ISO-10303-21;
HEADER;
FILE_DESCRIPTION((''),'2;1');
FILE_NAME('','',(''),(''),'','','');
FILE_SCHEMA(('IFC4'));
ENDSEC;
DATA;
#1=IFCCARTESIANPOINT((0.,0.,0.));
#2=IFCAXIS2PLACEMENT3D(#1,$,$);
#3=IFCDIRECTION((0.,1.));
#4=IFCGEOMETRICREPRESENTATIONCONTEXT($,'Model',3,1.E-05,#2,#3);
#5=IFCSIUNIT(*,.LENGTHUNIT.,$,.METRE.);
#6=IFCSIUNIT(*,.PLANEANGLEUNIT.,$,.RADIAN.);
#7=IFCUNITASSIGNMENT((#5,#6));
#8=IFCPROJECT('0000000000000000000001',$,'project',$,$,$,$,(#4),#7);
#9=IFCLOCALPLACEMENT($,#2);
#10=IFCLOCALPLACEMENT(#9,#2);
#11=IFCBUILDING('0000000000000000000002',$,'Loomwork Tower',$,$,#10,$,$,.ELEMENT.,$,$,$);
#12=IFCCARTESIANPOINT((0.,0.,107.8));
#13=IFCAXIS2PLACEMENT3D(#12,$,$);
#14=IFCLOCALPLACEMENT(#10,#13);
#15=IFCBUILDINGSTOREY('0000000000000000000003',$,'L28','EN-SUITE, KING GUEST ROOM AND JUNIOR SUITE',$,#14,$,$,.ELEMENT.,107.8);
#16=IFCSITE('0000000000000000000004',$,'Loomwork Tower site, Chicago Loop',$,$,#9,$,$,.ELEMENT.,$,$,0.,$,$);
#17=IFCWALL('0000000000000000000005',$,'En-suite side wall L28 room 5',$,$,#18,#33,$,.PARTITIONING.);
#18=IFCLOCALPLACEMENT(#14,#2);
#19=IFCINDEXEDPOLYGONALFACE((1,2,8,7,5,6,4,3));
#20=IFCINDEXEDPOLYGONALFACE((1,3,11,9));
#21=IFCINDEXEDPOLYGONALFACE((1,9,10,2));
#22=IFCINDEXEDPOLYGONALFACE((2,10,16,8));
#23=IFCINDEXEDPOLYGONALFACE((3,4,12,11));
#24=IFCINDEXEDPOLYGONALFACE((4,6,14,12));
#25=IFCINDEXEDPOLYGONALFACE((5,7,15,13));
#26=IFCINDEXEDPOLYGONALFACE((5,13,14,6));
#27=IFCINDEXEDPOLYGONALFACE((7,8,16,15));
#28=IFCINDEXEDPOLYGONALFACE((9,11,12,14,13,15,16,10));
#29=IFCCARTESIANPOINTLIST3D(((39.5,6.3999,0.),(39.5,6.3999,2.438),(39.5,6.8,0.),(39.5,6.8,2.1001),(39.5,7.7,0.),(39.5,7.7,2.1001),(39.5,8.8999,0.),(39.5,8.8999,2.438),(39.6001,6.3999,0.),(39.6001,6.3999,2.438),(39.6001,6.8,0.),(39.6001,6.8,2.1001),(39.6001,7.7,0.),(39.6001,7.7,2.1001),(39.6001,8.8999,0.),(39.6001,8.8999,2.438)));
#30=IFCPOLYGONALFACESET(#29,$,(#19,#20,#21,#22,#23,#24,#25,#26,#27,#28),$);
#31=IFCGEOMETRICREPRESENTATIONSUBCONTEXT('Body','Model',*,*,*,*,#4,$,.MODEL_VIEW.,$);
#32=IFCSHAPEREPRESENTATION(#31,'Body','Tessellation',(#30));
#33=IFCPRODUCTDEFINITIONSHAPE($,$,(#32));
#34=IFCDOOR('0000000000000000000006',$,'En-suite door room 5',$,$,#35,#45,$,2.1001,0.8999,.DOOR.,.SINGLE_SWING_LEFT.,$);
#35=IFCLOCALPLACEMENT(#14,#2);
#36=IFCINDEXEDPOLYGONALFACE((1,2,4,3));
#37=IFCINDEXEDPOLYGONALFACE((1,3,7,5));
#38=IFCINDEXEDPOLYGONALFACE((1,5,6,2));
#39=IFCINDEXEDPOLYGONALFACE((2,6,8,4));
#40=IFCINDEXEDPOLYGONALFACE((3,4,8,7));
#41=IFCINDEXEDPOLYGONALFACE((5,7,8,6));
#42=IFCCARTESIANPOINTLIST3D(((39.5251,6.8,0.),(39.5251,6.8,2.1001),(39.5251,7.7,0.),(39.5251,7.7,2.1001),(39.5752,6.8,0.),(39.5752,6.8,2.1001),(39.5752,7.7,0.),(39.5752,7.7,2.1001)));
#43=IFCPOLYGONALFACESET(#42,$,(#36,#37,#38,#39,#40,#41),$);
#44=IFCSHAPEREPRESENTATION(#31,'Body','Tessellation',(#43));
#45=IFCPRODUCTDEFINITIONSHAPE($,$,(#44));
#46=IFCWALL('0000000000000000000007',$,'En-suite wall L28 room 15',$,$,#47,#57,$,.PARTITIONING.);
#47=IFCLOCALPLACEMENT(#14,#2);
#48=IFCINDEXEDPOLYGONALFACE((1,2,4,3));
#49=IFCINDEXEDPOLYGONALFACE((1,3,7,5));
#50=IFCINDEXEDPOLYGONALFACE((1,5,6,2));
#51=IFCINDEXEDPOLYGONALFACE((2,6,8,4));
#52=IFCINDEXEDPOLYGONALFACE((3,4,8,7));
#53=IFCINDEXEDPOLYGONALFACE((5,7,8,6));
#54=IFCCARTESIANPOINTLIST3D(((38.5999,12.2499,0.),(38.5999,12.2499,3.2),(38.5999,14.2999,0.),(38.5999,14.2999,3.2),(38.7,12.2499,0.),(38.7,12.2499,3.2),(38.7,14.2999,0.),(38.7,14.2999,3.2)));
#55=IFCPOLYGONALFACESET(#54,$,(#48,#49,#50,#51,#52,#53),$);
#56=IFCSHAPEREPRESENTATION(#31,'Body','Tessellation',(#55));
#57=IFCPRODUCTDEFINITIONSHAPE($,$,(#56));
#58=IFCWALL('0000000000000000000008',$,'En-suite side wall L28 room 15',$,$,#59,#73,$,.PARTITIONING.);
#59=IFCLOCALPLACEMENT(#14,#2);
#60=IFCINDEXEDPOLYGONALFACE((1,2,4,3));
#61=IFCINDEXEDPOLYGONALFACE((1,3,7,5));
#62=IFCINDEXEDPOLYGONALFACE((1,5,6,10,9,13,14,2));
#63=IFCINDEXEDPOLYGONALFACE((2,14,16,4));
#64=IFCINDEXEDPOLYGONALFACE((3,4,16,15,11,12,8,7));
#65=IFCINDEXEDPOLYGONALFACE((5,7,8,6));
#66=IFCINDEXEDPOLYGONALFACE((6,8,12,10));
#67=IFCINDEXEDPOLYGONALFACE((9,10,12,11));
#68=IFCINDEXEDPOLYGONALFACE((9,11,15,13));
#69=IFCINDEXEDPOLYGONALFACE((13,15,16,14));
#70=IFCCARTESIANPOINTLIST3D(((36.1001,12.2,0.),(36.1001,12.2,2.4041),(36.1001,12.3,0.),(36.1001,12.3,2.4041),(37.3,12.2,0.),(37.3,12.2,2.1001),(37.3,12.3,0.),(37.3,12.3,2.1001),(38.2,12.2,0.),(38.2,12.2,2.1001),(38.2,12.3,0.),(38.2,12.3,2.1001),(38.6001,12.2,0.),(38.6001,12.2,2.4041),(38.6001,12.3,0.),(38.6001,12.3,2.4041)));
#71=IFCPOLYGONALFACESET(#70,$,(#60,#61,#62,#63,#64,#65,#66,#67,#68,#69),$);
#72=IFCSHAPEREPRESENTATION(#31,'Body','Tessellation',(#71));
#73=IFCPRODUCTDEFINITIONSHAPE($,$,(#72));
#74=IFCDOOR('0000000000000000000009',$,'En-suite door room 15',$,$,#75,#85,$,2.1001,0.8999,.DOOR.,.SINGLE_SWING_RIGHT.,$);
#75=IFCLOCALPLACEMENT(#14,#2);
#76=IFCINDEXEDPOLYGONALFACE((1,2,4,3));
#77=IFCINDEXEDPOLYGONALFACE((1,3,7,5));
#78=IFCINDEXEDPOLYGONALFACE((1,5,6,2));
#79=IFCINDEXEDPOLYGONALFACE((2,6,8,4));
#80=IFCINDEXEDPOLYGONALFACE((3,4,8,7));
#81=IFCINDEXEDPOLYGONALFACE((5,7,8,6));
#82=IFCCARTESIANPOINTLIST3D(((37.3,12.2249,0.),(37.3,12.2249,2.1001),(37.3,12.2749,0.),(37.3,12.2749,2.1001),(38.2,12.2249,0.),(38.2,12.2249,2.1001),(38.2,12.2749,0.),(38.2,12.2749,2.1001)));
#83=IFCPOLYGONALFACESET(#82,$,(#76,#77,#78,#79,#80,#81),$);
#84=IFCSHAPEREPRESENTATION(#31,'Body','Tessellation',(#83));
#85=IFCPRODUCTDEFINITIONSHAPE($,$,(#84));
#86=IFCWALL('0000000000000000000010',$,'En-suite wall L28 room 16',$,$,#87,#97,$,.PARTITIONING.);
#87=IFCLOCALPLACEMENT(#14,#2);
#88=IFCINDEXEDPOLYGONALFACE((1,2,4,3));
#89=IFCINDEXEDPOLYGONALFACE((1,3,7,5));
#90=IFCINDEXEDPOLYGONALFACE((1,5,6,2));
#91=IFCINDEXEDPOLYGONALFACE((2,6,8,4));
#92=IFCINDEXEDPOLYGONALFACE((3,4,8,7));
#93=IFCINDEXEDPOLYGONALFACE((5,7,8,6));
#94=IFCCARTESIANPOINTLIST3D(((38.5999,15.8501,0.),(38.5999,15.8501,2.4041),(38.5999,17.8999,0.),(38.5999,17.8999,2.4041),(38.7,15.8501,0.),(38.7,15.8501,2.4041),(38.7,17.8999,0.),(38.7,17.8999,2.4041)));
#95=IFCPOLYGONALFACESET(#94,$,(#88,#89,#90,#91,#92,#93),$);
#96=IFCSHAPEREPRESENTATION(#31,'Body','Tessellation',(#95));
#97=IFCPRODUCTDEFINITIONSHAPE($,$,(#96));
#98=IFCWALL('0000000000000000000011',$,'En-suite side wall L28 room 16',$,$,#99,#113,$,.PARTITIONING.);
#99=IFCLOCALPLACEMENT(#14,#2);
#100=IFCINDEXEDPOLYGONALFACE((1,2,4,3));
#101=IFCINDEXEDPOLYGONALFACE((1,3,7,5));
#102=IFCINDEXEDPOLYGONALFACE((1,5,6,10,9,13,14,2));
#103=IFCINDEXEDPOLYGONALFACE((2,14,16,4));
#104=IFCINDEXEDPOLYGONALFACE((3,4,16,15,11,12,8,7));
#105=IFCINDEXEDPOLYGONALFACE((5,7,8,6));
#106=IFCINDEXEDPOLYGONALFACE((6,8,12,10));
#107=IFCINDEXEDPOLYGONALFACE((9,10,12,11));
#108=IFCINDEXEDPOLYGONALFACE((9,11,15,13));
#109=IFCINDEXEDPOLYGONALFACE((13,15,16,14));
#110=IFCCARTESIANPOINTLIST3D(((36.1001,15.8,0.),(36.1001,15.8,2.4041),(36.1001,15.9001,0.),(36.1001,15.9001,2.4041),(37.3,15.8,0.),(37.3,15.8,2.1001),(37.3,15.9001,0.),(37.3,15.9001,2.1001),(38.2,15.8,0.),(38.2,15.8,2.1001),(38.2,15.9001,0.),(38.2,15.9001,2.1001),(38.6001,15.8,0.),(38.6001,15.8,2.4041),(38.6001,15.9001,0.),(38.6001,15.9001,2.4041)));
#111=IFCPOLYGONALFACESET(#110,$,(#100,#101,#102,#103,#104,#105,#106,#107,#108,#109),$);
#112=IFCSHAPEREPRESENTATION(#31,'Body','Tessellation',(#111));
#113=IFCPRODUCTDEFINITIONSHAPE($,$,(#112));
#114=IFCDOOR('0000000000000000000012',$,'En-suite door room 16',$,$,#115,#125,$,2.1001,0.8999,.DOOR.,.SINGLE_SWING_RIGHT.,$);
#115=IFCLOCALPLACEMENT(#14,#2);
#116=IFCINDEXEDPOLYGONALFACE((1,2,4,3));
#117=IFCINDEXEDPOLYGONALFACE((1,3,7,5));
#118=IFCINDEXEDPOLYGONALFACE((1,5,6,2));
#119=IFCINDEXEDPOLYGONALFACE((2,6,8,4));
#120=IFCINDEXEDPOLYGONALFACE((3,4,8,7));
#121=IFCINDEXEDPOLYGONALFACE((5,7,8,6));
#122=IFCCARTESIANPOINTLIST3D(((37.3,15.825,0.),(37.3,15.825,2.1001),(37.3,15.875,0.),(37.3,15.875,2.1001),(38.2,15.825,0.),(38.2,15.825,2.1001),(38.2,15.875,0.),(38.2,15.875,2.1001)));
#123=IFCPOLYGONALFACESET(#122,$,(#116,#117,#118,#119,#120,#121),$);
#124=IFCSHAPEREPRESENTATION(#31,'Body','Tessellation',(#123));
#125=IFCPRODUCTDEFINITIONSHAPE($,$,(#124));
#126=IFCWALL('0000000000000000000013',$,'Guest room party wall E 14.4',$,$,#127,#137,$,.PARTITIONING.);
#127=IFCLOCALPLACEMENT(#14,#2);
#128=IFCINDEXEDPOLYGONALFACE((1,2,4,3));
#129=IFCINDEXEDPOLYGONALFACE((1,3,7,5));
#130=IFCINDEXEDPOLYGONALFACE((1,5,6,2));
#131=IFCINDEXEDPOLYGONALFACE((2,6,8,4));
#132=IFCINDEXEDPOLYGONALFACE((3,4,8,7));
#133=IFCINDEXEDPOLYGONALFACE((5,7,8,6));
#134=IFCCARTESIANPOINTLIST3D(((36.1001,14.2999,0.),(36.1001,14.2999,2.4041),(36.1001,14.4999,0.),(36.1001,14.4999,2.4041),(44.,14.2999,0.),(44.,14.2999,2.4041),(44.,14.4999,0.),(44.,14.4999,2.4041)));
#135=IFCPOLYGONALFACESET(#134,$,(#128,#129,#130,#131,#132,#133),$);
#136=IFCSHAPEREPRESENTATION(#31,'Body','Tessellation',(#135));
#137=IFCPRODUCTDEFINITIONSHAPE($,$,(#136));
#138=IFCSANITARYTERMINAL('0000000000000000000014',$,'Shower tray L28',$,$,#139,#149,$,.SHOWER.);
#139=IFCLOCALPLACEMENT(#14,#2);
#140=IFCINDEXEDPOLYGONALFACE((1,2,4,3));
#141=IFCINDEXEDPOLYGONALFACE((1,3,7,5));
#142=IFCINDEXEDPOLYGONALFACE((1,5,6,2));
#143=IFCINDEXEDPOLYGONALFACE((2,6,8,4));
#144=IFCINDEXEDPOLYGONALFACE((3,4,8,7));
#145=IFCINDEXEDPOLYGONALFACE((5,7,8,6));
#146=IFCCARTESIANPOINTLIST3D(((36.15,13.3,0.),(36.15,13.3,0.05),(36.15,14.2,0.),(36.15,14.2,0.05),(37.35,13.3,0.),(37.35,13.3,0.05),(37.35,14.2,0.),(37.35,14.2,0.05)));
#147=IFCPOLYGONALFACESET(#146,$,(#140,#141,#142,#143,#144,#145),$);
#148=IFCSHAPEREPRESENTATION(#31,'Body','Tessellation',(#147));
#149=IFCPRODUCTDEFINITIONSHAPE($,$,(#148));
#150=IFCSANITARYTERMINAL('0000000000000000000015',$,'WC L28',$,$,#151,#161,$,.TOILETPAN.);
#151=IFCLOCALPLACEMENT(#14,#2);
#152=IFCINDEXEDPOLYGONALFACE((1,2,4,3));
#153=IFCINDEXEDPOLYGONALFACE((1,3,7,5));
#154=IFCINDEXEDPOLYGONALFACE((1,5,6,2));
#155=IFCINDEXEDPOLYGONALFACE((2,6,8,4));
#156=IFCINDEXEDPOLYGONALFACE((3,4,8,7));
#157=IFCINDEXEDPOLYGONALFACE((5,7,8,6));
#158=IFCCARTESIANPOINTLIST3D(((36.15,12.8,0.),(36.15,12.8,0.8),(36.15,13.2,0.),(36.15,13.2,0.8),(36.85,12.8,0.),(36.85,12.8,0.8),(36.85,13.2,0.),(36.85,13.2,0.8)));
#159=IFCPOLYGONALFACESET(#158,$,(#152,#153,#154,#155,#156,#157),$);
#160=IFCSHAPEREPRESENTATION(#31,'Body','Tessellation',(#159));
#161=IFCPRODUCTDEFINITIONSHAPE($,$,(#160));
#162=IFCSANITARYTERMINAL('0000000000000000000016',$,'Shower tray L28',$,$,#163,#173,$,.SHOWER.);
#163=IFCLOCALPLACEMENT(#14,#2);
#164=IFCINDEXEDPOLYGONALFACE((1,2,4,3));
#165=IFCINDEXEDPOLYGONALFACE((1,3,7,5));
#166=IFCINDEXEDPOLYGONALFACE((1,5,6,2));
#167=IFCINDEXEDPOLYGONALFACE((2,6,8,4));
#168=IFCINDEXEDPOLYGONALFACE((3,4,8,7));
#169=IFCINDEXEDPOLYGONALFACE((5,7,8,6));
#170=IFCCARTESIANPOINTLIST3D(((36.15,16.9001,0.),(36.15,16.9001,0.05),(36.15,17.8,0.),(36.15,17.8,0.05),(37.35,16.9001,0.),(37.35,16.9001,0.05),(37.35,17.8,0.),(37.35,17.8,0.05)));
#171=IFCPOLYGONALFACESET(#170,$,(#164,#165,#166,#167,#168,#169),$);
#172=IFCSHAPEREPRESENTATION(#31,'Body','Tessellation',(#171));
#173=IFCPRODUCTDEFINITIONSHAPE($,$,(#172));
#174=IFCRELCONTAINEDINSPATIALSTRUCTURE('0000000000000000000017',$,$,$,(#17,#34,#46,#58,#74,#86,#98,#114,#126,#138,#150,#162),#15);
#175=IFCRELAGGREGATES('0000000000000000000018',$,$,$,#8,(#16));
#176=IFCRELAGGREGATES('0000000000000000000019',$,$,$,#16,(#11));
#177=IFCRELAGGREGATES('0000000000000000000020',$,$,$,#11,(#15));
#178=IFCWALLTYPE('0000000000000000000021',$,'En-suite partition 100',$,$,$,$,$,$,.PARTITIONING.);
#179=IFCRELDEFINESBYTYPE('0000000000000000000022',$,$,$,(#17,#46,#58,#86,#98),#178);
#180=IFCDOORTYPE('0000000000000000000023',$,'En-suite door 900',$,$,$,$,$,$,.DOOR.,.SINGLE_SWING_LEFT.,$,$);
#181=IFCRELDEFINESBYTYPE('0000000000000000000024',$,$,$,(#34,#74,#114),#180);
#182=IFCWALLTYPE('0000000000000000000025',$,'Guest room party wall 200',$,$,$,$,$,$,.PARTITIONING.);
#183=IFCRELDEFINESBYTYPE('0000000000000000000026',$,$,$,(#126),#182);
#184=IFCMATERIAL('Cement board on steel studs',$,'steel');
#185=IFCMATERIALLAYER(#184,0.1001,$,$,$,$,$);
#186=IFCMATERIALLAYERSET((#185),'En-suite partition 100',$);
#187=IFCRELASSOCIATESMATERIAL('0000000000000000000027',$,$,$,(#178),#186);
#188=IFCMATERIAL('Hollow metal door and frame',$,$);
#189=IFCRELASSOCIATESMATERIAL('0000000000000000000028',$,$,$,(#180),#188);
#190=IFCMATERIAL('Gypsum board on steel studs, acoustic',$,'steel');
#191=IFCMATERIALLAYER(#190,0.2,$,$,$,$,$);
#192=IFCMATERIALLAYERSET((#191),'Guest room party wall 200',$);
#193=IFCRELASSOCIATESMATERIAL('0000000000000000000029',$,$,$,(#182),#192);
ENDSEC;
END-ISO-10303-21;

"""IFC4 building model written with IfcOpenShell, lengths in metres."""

from ifc_helpers import new_model, si_unit, direction, frame, frame_2d, origin, origin_2d, place, context, subcontext, project, spatial, rectangle, extrude, material, layer, layer_set, type_object, element, fill, save


model = new_model("IFC4")

# Units and contexts
model_context = context("Model", 3, precision=1e-05, world=origin(), true_north=direction((0.0, 1.0)))
body_context = subcontext(model_context, "Body", "Model", "MODEL_VIEW")
ifc_project = project(units=[si_unit("LENGTHUNIT", "METRE"), si_unit("PLANEANGLEUNIT", "RADIAN")], contexts=[model_context])

# Site, building, storey
site_placement = place(None, origin())
site = spatial("IfcSite", under=ifc_project, at=site_placement, Name="Loomwork Tower site, Chicago Loop", CompositionType="ELEMENT", RefElevation=0.0)
building_placement = place(site_placement, origin())
building = spatial("IfcBuilding", under=site, at=building_placement, Name="Loomwork Tower", CompositionType="ELEMENT")
storey_placement = place(building_placement, frame((0.0, 0.0, 107.8)))
storey = spatial("IfcBuildingStorey", under=building, at=storey_placement, Name="L28", Description="EN-SUITE, KING GUEST ROOM AND JUNIOR SUITE", CompositionType="ELEMENT", Elevation=107.8)

# Wall, opening, door
ifc_material_1 = material(Name="Cement board on steel studs", Category="steel")
ifc_layer_1 = layer(ifc_material_1, 0.1001)
ifc_layer_set_1 = layer_set([ifc_layer_1], Name="En-suite partition 100")
wall_type_1 = type_object("IfcWallType", Name="En-suite partition 100", PredefinedType="PARTITIONING", material=ifc_layer_set_1)
wall_1_placement = place(storey_placement, frame((39.55, 8.8999, 0.0), z_axis=(0.0, 0.0, 1.0), x_axis=(0.0, -1.0, 0.0)))
wall_1 = element("IfcWall", 1, at=wall_1_placement, inside=storey, type_object=wall_type_1, Name="En-suite side wall L28 room 5", PredefinedType="PARTITIONING", context=body_context, shape_type="SweptSolid", body=[
    extrude(rectangle(XDim=2.5, YDim=0.1001, at=frame_2d((1.25, 0.0))), origin(), (0.0, 0.0, 1.0), 2.438),
])
opening_1_placement = place(wall_1_placement, frame((1.2, 0.0, 0.0)))
opening_1 = element("IfcOpeningElement", 2, at=opening_1_placement, cuts=wall_1, PredefinedType="OPENING", context=body_context, shape_type="SweptSolid", body=[
    extrude(rectangle(XDim=0.8999, YDim=2.1001, at=frame_2d((0.45, 1.05))), frame((0.0, 0.0601, 0.0), z_axis=(0.0, -1.0, 0.0), x_axis=(1.0, 0.0, 0.0)), (0.0, 0.0, 1.0), 0.1201),
])
ifc_material_2 = material(Name="Hollow metal door and frame")
door_type_1 = type_object("IfcDoorType", Name="En-suite door 900", OperationType="SINGLE_SWING_LEFT", PredefinedType="DOOR", material=ifc_material_2)
door_1_placement = place(opening_1_placement, frame((0.8999, 0.0, 0.0), z_axis=(0.0, 0.0, 1.0), x_axis=(-1.0, 0.0, 0.0)))
door_1 = element("IfcDoor", 3, at=door_1_placement, inside=storey, type_object=door_type_1, Name="En-suite door room 5", OperationType="SINGLE_SWING_LEFT", OverallHeight=2.1001, OverallWidth=0.8999, PredefinedType="DOOR", context=body_context, shape_type="SweptSolid", body=[
    extrude(rectangle(XDim=0.8999, YDim=2.1001, at=frame_2d((0.45, 1.05))), frame((0.0, 0.0249, 0.0), z_axis=(0.0, -1.0, 0.0), x_axis=(1.0, 0.0, 0.0)), (0.0, 0.0, 1.0), 0.05),
])
fill(opening_1, door_1)

# Wall
wall_2_placement = place(storey_placement, frame((38.6499, 12.25, 0.0), z_axis=(0.0, 0.0, 1.0), x_axis=(0.0, 1.0, 0.0)))
element("IfcWall", 4, at=wall_2_placement, inside=storey, type_object=wall_type_1, Name="En-suite wall L28 room 15", PredefinedType="PARTITIONING", context=body_context, shape_type="SweptSolid", body=[
    extrude(rectangle(XDim=2.05, YDim=0.1001, at=frame_2d((1.0249, 0.0))), origin(), (0.0, 0.0, 1.0), 3.2),
])

# Wall, opening, door
wall_3_placement = place(storey_placement, frame((36.1001, 12.25, 0.0), z_axis=(0.0, 0.0, 1.0), x_axis=(1.0, 0.0, 0.0)))
wall_3 = element("IfcWall", 5, at=wall_3_placement, inside=storey, type_object=wall_type_1, Name="En-suite side wall L28 room 15", PredefinedType="PARTITIONING", context=body_context, shape_type="SweptSolid", body=[
    extrude(rectangle(XDim=2.5, YDim=0.1001, at=frame_2d((1.25, 0.0))), origin(), (0.0, 0.0, 1.0), 2.4041),
])
opening_2_placement = place(wall_3_placement, frame((1.2, 0.0, 0.0)))
opening_2 = element("IfcOpeningElement", 6, at=opening_2_placement, cuts=wall_3, PredefinedType="OPENING", context=body_context, shape_type="SweptSolid", body=[
    extrude(rectangle(XDim=0.8999, YDim=2.1001, at=frame_2d((0.45, 1.05))), frame((0.0, 0.0601, 0.0), z_axis=(0.0, -1.0, 0.0), x_axis=(1.0, 0.0, 0.0)), (0.0, 0.0, 1.0), 0.1201),
])
door_2_placement = place(opening_2_placement, origin())
door_2 = element("IfcDoor", 7, at=door_2_placement, inside=storey, type_object=door_type_1, Name="En-suite door room 15", OperationType="SINGLE_SWING_RIGHT", OverallHeight=2.1001, OverallWidth=0.8999, PredefinedType="DOOR", context=body_context, shape_type="SweptSolid", body=[
    extrude(rectangle(XDim=0.8999, YDim=2.1001, at=frame_2d((0.45, 1.05))), frame((0.0, 0.0249, 0.0), z_axis=(0.0, -1.0, 0.0), x_axis=(1.0, 0.0, 0.0)), (0.0, 0.0, 1.0), 0.05),
])
fill(opening_2, door_2)

# Wall
wall_4_placement = place(storey_placement, frame((38.6499, 15.8501, 0.0), z_axis=(0.0, 0.0, 1.0), x_axis=(0.0, 1.0, 0.0)))
element("IfcWall", 8, at=wall_4_placement, inside=storey, type_object=wall_type_1, Name="En-suite wall L28 room 16", PredefinedType="PARTITIONING", context=body_context, shape_type="SweptSolid", body=[
    extrude(rectangle(XDim=2.0498, YDim=0.1001, at=frame_2d((1.0249, 0.0))), origin(), (0.0, 0.0, 1.0), 2.4041),
])

# Wall, opening, door
wall_5_placement = place(storey_placement, frame((36.1001, 15.8501, 0.0), z_axis=(0.0, 0.0, 1.0), x_axis=(1.0, 0.0, 0.0)))
wall_5 = element("IfcWall", 9, at=wall_5_placement, inside=storey, type_object=wall_type_1, Name="En-suite side wall L28 room 16", PredefinedType="PARTITIONING", context=body_context, shape_type="SweptSolid", body=[
    extrude(rectangle(XDim=2.5, YDim=0.1001, at=frame_2d((1.25, 0.0))), origin(), (0.0, 0.0, 1.0), 2.4041),
])
opening_3_placement = place(wall_5_placement, frame((1.2, 0.0, 0.0)))
opening_3 = element("IfcOpeningElement", 10, at=opening_3_placement, cuts=wall_5, PredefinedType="OPENING", context=body_context, shape_type="SweptSolid", body=[
    extrude(rectangle(XDim=0.8999, YDim=2.1001, at=frame_2d((0.45, 1.05))), frame((0.0, 0.0601, 0.0), z_axis=(0.0, -1.0, 0.0), x_axis=(1.0, 0.0, 0.0)), (0.0, 0.0, 1.0), 0.1201),
])
door_3_placement = place(opening_3_placement, origin())
door_3 = element("IfcDoor", 11, at=door_3_placement, inside=storey, type_object=door_type_1, Name="En-suite door room 16", OperationType="SINGLE_SWING_RIGHT", OverallHeight=2.1001, OverallWidth=0.8999, PredefinedType="DOOR", context=body_context, shape_type="SweptSolid", body=[
    extrude(rectangle(XDim=0.8999, YDim=2.1001, at=frame_2d((0.45, 1.05))), frame((0.0, 0.0249, 0.0), z_axis=(0.0, -1.0, 0.0), x_axis=(1.0, 0.0, 0.0)), (0.0, 0.0, 1.0), 0.05),
])
fill(opening_3, door_3)

# Wall
ifc_material_3 = material(Name="Gypsum board on steel studs, acoustic", Category="steel")
ifc_layer_2 = layer(ifc_material_3, 0.2)
ifc_layer_set_2 = layer_set([ifc_layer_2], Name="Guest room party wall 200")
wall_type_2 = type_object("IfcWallType", Name="Guest room party wall 200", PredefinedType="PARTITIONING", material=ifc_layer_set_2)
wall_6_placement = place(storey_placement, frame((36.1001, 14.3999, 0.0), z_axis=(0.0, 0.0, 1.0), x_axis=(1.0, 0.0, 0.0)))
element("IfcWall", 12, at=wall_6_placement, inside=storey, type_object=wall_type_2, Name="Guest room party wall E 14.4", PredefinedType="PARTITIONING", context=body_context, shape_type="SweptSolid", body=[
    extrude(rectangle(XDim=7.8999, YDim=0.2, at=frame_2d((3.95, 0.0))), origin(), (0.0, 0.0, 1.0), 2.4041),
])

# Sanitary terminals
sanitary_terminal_1_placement = place(storey_placement, frame((36.75, 13.75, 0.0), z_axis=(0.0, 0.0, 1.0), x_axis=(1.0, 0.0, 0.0)))
element("IfcSanitaryTerminal", 13, at=sanitary_terminal_1_placement, inside=storey, Name="Shower tray L28", PredefinedType="SHOWER", context=body_context, shape_type="SweptSolid", body=[
    extrude(rectangle(XDim=1.2, YDim=0.8999, at=origin_2d()), origin(), (0.0, 0.0, 1.0), 0.05),
])
sanitary_terminal_2_placement = place(storey_placement, frame((36.5, 13.0, 0.0), z_axis=(0.0, 0.0, 1.0), x_axis=(1.0, 0.0, 0.0)))
element("IfcSanitaryTerminal", 14, at=sanitary_terminal_2_placement, inside=storey, Name="WC L28", PredefinedType="TOILETPAN", context=body_context, shape_type="SweptSolid", body=[
    extrude(rectangle(XDim=0.7, YDim=0.3999, at=origin_2d()), origin(), (0.0, 0.0, 1.0), 0.8),
])
sanitary_terminal_3_placement = place(storey_placement, frame((36.75, 17.3501, 0.0), z_axis=(0.0, 0.0, 1.0), x_axis=(1.0, 0.0, 0.0)))
element("IfcSanitaryTerminal", 15, at=sanitary_terminal_3_placement, inside=storey, Name="Shower tray L28", PredefinedType="SHOWER", context=body_context, shape_type="SweptSolid", body=[
    extrude(rectangle(XDim=1.2, YDim=0.8999, at=origin_2d()), origin(), (0.0, 0.0, 1.0), 0.05),
])

save(model, "model.ifc")
